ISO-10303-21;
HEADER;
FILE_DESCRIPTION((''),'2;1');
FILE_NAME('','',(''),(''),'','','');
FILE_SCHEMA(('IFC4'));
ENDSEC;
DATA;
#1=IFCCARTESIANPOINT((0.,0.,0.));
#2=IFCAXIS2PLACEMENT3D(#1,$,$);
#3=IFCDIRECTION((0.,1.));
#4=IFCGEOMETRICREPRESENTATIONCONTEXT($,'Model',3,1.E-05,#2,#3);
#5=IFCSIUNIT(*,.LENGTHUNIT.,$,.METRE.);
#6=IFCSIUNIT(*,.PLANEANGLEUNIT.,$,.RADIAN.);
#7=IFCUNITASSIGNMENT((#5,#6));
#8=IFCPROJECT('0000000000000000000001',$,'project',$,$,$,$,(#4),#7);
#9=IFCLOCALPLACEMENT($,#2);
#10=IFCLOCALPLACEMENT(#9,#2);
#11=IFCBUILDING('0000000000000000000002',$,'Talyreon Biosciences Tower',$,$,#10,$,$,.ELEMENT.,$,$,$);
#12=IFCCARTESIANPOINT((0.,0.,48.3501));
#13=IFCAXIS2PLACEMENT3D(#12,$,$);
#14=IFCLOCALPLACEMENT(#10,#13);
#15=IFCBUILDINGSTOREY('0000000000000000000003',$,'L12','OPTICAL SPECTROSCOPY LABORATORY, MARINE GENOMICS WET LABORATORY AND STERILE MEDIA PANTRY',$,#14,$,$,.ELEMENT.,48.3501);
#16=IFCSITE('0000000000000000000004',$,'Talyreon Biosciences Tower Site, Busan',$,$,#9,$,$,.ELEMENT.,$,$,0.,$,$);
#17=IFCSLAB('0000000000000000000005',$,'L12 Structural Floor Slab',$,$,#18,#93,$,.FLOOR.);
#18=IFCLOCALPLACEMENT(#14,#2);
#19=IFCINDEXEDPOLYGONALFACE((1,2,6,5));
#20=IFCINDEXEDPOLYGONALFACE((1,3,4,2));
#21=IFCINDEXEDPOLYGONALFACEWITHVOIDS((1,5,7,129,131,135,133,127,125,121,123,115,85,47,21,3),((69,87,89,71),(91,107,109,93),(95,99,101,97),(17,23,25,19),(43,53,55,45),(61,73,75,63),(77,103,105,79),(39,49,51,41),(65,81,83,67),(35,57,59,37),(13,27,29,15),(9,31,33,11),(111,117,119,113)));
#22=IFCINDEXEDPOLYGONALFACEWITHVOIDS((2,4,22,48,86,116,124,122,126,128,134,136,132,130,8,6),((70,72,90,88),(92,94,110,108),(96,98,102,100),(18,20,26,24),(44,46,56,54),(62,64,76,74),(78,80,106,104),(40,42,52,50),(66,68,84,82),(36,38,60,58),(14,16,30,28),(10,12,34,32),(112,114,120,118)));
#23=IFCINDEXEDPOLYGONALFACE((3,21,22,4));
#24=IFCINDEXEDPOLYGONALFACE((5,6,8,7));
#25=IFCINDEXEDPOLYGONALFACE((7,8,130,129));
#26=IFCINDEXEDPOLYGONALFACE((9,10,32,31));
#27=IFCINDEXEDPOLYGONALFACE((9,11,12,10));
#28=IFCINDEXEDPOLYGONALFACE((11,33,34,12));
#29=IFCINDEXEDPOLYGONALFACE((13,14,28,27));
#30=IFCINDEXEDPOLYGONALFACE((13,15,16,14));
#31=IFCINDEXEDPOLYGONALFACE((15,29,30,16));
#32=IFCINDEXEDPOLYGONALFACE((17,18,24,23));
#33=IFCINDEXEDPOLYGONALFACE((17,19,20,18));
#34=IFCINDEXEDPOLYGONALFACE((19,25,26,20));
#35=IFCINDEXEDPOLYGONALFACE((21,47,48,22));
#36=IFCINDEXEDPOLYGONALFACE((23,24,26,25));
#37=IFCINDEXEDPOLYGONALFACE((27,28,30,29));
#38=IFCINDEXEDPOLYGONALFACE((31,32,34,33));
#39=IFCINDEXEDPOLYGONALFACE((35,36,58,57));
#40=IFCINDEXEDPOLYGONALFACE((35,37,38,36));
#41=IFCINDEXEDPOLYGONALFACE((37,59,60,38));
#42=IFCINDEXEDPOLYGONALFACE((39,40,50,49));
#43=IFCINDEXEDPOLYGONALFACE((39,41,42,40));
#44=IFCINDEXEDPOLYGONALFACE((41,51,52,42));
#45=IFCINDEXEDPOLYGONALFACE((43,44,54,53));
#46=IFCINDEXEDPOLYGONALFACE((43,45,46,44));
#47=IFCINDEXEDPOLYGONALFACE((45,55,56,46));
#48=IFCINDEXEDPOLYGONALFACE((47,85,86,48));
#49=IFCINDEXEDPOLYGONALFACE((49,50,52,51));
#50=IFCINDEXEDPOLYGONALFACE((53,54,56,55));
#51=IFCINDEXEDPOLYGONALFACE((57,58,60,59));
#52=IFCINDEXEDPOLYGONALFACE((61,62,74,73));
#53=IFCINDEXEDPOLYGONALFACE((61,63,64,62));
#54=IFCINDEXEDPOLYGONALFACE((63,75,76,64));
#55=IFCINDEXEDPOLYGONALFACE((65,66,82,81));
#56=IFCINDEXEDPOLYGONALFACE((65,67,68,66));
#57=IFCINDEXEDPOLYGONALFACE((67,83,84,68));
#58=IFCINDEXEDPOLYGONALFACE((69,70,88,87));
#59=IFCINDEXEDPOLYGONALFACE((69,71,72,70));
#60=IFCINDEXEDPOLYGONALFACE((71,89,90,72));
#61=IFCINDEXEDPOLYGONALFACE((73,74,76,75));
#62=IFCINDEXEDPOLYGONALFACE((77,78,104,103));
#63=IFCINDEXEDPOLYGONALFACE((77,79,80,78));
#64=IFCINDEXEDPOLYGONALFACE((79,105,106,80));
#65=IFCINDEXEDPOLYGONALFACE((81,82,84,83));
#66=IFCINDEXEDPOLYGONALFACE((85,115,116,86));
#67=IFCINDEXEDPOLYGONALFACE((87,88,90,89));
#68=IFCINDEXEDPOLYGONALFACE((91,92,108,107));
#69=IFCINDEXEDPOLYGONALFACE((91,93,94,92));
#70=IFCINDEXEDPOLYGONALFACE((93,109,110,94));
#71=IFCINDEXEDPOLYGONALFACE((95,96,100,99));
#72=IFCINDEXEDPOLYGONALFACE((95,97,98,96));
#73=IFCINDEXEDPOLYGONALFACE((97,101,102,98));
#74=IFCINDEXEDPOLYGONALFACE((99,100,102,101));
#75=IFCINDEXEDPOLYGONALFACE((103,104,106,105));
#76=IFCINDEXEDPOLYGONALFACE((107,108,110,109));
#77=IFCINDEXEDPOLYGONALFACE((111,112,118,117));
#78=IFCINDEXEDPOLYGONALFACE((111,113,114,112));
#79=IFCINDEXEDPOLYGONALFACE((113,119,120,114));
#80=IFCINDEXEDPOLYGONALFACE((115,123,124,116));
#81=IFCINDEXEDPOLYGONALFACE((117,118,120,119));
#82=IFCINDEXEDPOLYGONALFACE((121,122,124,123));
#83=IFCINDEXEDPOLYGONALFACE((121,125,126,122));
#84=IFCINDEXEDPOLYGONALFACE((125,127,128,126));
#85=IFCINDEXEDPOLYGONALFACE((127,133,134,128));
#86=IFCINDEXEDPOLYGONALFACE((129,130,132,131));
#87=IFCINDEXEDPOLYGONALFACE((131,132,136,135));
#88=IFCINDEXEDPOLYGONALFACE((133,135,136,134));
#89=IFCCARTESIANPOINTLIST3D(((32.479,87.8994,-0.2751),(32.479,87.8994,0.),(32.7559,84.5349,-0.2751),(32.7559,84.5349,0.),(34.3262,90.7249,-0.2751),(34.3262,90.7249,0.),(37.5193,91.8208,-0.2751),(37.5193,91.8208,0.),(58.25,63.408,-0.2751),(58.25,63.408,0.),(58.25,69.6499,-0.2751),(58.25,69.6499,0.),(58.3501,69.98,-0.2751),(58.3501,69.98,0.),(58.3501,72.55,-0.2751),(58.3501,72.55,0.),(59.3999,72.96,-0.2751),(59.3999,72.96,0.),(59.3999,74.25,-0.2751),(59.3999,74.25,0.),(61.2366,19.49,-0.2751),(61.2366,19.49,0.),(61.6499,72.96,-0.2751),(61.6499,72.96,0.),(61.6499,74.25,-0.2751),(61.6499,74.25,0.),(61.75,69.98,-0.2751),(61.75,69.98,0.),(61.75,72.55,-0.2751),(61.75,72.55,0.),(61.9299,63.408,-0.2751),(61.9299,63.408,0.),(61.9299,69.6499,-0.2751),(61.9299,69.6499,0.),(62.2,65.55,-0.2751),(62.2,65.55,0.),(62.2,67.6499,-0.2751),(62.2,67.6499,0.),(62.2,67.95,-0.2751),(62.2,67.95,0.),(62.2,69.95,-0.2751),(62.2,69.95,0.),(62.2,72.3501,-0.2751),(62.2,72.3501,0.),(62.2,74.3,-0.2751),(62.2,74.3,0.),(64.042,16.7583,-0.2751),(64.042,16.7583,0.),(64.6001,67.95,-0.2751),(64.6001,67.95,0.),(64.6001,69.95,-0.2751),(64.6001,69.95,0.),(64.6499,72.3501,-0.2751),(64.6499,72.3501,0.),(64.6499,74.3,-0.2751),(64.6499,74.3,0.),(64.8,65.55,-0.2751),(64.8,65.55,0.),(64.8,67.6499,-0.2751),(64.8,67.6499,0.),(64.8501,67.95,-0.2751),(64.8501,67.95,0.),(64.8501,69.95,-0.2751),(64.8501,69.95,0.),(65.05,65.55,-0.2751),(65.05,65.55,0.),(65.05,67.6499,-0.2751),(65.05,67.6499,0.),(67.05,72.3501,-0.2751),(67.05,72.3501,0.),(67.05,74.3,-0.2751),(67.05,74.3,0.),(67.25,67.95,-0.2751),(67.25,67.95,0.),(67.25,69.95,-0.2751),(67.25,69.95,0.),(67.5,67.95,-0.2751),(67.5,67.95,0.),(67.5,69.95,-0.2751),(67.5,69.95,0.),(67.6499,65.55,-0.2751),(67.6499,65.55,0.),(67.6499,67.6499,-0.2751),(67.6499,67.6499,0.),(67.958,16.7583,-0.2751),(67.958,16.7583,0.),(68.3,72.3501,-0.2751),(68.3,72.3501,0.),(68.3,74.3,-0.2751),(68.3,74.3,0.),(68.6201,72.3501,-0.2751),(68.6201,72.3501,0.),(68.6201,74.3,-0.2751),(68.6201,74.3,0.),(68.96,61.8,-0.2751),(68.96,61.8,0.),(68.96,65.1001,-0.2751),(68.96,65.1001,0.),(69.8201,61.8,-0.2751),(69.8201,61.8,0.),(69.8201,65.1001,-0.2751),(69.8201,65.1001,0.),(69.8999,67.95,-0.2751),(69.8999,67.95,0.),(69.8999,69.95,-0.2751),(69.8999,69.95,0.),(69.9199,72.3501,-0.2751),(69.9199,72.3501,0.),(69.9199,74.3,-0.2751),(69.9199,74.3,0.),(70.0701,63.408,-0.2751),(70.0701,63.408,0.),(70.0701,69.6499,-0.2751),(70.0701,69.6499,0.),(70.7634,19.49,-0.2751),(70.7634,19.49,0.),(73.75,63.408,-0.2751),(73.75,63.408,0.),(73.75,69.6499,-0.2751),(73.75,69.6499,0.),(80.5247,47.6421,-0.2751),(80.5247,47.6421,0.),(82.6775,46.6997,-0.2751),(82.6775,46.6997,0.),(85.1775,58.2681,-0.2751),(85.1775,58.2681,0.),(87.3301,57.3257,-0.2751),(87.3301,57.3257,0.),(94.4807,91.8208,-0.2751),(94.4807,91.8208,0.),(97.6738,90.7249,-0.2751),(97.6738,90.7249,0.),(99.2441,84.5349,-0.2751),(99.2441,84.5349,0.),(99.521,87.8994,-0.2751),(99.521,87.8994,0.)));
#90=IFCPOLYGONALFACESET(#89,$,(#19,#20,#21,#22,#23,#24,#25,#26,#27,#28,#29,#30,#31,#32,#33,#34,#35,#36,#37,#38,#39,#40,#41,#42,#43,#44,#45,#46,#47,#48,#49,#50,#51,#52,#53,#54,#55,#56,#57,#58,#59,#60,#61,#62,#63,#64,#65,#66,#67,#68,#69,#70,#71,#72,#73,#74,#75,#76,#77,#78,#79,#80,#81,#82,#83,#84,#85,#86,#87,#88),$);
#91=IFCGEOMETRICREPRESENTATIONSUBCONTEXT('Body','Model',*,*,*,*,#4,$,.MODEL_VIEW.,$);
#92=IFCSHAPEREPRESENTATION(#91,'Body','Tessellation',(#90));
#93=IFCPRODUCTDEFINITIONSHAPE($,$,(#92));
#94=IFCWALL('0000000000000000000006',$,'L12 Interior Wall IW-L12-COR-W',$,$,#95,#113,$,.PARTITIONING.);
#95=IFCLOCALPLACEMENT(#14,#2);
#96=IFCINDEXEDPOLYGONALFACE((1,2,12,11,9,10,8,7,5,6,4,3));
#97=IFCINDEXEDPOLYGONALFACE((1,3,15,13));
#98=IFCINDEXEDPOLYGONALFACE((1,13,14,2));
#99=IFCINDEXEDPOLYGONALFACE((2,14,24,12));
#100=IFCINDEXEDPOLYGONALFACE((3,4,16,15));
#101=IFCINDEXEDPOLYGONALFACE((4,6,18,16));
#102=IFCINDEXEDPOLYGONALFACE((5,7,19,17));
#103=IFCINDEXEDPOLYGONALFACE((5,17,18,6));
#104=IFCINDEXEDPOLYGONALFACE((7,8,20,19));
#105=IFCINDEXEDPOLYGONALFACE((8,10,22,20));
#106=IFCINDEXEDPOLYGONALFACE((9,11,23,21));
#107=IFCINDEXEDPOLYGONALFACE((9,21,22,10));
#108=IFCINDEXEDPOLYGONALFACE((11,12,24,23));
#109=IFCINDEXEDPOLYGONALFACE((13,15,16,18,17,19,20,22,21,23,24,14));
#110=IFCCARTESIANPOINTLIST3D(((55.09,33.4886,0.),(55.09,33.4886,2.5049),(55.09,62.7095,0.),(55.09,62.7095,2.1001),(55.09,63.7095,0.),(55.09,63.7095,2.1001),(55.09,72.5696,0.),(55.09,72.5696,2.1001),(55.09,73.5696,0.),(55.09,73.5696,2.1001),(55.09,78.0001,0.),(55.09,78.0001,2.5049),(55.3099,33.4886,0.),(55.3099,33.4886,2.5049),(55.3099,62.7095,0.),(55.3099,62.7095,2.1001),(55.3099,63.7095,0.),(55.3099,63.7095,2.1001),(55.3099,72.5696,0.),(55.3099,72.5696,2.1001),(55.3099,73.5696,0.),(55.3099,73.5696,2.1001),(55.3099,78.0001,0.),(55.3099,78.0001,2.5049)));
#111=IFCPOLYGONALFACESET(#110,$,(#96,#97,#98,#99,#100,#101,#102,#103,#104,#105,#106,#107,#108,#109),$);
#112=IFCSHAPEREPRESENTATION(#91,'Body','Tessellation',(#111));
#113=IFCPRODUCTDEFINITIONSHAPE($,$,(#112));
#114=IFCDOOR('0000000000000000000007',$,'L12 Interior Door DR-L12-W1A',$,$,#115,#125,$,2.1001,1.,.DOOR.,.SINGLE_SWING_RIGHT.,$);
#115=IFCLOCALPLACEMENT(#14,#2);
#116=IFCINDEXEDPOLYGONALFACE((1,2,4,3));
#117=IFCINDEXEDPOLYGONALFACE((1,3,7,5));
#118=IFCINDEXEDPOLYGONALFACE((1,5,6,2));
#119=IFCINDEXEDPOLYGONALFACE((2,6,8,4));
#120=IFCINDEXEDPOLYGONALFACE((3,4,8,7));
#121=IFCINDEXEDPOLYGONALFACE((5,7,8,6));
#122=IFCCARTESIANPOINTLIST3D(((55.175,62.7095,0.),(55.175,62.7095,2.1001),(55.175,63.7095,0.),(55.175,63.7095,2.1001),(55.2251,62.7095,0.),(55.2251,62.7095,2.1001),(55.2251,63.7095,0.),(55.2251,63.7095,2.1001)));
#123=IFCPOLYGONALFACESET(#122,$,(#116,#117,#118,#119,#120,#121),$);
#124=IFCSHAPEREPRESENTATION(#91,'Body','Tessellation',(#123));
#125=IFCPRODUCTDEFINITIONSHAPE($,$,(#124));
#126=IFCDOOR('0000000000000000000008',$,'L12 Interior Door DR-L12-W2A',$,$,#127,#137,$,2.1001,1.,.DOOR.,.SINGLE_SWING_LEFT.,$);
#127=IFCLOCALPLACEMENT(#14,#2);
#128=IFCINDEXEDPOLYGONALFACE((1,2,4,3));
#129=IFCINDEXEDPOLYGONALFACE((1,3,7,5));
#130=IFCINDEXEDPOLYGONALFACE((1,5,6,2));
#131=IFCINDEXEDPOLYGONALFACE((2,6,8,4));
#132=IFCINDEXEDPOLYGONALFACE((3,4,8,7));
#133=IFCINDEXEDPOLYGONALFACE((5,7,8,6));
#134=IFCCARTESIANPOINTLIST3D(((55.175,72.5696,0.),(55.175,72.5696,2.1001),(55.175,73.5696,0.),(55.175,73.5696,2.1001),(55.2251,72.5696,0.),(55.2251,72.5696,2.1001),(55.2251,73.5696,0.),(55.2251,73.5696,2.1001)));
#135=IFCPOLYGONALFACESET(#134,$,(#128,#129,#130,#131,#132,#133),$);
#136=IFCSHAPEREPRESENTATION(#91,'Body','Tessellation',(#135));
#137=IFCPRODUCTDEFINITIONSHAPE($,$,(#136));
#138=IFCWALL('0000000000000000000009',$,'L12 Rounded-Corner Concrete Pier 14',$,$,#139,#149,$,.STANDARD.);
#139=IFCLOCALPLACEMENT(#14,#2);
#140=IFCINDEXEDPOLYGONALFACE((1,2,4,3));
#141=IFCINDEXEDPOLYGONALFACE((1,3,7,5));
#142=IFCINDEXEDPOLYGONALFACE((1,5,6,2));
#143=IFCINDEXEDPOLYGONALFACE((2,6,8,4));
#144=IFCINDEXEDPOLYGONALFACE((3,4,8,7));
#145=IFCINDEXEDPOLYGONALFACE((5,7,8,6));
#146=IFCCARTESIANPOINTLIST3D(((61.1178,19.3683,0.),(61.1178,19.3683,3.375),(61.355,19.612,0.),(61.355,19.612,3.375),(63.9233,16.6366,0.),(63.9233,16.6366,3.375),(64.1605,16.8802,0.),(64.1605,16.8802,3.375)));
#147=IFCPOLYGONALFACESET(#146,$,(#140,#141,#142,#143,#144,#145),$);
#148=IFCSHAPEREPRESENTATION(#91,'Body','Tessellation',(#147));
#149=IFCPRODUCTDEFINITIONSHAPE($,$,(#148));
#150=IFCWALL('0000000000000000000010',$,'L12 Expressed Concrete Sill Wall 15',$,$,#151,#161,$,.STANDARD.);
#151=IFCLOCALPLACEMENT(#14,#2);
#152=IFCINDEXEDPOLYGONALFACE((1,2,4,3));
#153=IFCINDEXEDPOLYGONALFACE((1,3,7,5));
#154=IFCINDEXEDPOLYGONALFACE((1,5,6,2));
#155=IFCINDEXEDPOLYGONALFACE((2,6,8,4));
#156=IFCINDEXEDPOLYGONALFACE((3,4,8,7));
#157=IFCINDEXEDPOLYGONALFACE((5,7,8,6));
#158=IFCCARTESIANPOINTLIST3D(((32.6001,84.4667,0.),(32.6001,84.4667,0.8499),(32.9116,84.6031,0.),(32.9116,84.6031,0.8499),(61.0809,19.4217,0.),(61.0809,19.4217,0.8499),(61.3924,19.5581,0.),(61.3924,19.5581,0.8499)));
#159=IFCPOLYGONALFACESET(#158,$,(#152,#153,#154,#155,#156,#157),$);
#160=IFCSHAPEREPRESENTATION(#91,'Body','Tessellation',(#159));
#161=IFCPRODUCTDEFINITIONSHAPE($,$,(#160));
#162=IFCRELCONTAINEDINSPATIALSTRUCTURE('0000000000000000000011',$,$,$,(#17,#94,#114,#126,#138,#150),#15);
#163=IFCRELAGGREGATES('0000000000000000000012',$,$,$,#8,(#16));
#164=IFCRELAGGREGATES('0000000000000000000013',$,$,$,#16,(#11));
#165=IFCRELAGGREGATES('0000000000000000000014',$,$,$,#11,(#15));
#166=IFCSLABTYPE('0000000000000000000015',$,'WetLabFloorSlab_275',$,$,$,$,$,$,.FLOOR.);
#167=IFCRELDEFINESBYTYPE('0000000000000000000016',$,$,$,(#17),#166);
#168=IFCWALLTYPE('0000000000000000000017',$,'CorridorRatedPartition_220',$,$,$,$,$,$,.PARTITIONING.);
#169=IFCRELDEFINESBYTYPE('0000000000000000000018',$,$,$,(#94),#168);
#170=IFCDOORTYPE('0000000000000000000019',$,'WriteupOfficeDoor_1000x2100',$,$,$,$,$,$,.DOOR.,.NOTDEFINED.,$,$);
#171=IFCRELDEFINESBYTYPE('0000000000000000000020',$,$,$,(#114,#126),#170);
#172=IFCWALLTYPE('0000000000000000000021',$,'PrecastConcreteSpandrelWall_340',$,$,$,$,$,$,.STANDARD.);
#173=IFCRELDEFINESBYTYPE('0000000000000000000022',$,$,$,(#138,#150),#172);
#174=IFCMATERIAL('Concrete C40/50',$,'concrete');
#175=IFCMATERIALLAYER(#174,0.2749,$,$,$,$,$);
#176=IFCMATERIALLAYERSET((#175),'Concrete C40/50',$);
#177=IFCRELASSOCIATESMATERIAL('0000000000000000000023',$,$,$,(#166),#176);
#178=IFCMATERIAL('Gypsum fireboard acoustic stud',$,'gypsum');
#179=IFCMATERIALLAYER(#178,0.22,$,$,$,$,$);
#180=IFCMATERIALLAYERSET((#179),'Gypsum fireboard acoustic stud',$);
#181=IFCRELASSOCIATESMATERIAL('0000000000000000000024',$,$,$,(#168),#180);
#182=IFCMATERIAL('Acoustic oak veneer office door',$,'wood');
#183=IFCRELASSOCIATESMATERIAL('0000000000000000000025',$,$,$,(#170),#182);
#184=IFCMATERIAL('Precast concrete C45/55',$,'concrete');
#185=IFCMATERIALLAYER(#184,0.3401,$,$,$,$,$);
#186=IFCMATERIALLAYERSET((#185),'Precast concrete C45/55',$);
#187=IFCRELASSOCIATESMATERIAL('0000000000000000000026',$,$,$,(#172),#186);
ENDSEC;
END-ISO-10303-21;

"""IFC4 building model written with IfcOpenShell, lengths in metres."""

from ifc_helpers import new_model, si_unit, direction, frame, frame_2d, origin, place, context, subcontext, project, spatial, polyline, rectangle, outline, extrude, material, layer, layer_set, type_object, element, fill, save


model = new_model("IFC4")

# Units and contexts
model_context = context("Model", 3, precision=1e-05, world=origin(), true_north=direction((0.0, 1.0)))
body_context = subcontext(model_context, "Body", "Model", "MODEL_VIEW")
ifc_project = project(units=[si_unit("LENGTHUNIT", "METRE"), si_unit("PLANEANGLEUNIT", "RADIAN")], contexts=[model_context])

# Site, building, storey
site_placement = place(None, origin())
site = spatial("IfcSite", under=ifc_project, at=site_placement, Name="Talyreon Biosciences Tower Site, Busan", CompositionType="ELEMENT", RefElevation=0.0)
building_placement = place(site_placement, origin())
building = spatial("IfcBuilding", under=site, at=building_placement, Name="Talyreon Biosciences Tower", CompositionType="ELEMENT")
storey_placement = place(building_placement, frame((0.0, 0.0, 48.3501)))
storey = spatial("IfcBuildingStorey", under=building, at=storey_placement, Name="L12", Description="OPTICAL SPECTROSCOPY LABORATORY, MARINE GENOMICS WET LABORATORY AND STERILE MEDIA PANTRY", CompositionType="ELEMENT", Elevation=48.3501)

# Shared definitions
ifc_material_1 = material(Name="Precast concrete C45/55", Category="concrete")

# Shared definitions
ifc_material_2 = material(Name="Concrete C40/50", Category="concrete")

# Slab
ifc_layer_1 = layer(ifc_material_2, 0.2749)
ifc_layer_set_1 = layer_set([ifc_layer_1], Name="Concrete C40/50")
slab_type_1 = type_object("IfcSlabType", Name="WetLabFloorSlab_275", PredefinedType="FLOOR", material=ifc_layer_set_1)
slab_1_placement = place(storey_placement, frame((0.0, 0.0, -0.2751)))
element("IfcSlab", 1, at=slab_1_placement, inside=storey, type_object=slab_type_1, Name="L12 Structural Floor Slab", PredefinedType="FLOOR", context=body_context, shape_type="SweptSolid", body=[
    extrude(outline(polyline([(32.7559, 84.5349), (32.479, 87.8994), (34.3262, 90.7249), (37.5193, 91.8208), (94.4807, 91.8208), (97.6738, 90.7249), (99.521, 87.8994), (99.2441, 84.5349), (87.3301, 57.3257), (85.1775, 58.2681), (80.5247, 47.6421), (82.6775, 46.6997), (70.7634, 19.49), (67.958, 16.7583), (64.042, 16.7583), (61.2366, 19.49), (32.7559, 84.5349)]), holes=[polyline([(61.9299, 69.6499), (61.9299, 63.408), (58.25, 63.408), (58.25, 69.6499), (61.9299, 69.6499)]), polyline([(64.8, 65.55), (62.2, 65.55), (62.2, 67.6499), (64.8, 67.6499), (64.8, 65.55)]), polyline([(64.6001, 67.95), (62.2, 67.95), (62.2, 69.95), (64.6001, 69.95), (64.6001, 67.95)]), polyline([(67.25, 69.95), (67.25, 67.95), (64.8501, 67.95), (64.8501, 69.95), (67.25, 69.95)]), polyline([(61.75, 69.98), (58.3501, 69.98), (58.3501, 72.55), (61.75, 72.55), (61.75, 69.98)]), polyline([(64.6499, 72.3501), (62.2, 72.3501), (62.2, 74.3), (64.6499, 74.3), (64.6499, 72.3501)]), polyline([(61.6499, 74.25), (61.6499, 72.96), (59.3999, 72.96), (59.3999, 74.25), (61.6499, 74.25)]), polyline([(69.8201, 61.8), (68.96, 61.8), (68.96, 65.1001), (69.8201, 65.1001), (69.8201, 61.8)]), polyline([(73.75, 63.408), (70.0701, 63.408), (70.0701, 69.6499), (73.75, 69.6499), (73.75, 63.408)]), polyline([(67.6499, 65.55), (65.05, 65.55), (65.05, 67.6499), (67.6499, 67.6499), (67.6499, 65.55)]), polyline([(69.8999, 67.95), (67.5, 67.95), (67.5, 69.95), (69.8999, 69.95), (69.8999, 67.95)]), polyline([(68.3, 72.3501), (67.05, 72.3501), (67.05, 74.3), (68.3, 74.3), (68.3, 72.3501)]), polyline([(69.9199, 72.3501), (68.6201, 72.3501), (68.6201, 74.3), (69.9199, 74.3), (69.9199, 72.3501)])]), origin(), (0.0, 0.0, 1.0), 0.2751),
])

# Wall, openings, doors
ifc_material_3 = material(Name="Gypsum fireboard acoustic stud", Category="gypsum")
ifc_layer_2 = layer(ifc_material_3, 0.22)
ifc_layer_set_2 = layer_set([ifc_layer_2], Name="Gypsum fireboard acoustic stud")
wall_type_1 = type_object("IfcWallType", Name="CorridorRatedPartition_220", PredefinedType="PARTITIONING", material=ifc_layer_set_2)
wall_1_placement = place(storey_placement, frame((55.2, 33.4885, 0.0), z_axis=(0.0, 0.0, 1.0), x_axis=(0.0, 1.0, 0.0)))
wall_1 = element("IfcWall", 2, at=wall_1_placement, inside=storey, type_object=wall_type_1, Name="L12 Interior Wall IW-L12-COR-W", PredefinedType="PARTITIONING", context=body_context, shape_type="SweptSolid", body=[
    extrude(rectangle(XDim=44.5115, YDim=0.22, at=frame_2d((22.2559, 0.0))), origin(), (0.0, 0.0, 1.0), 2.5049),
])
opening_1_placement = place(wall_1_placement, frame((29.2209, 0.0, 0.0)))
opening_1 = element("IfcOpeningElement", 3, at=opening_1_placement, cuts=wall_1, PredefinedType="OPENING", context=body_context, shape_type="SweptSolid", body=[
    extrude(rectangle(XDim=1.0, YDim=2.1001, at=frame_2d((0.5, 1.05))), frame((0.0, 0.1199, 0.0), z_axis=(0.0, -1.0, 0.0), x_axis=(1.0, 0.0, 0.0)), (0.0, 0.0, 1.0), 0.24),
])
opening_2_placement = place(wall_1_placement, frame((39.0811, 0.0, 0.0)))
opening_2 = element("IfcOpeningElement", 4, at=opening_2_placement, cuts=wall_1, PredefinedType="OPENING", context=body_context, shape_type="SweptSolid", body=[
    extrude(rectangle(XDim=1.0, YDim=2.1001, at=frame_2d((0.5, 1.05))), frame((0.0, 0.1199, 0.0), z_axis=(0.0, -1.0, 0.0), x_axis=(1.0, 0.0, 0.0)), (0.0, 0.0, 1.0), 0.24),
])
ifc_material_4 = material(Name="Acoustic oak veneer office door", Category="wood")
door_type = type_object("IfcDoorType", Name="WriteupOfficeDoor_1000x2100", OperationType="NOTDEFINED", PredefinedType="DOOR", material=ifc_material_4)
door_1_placement = place(opening_1_placement, origin())
door_1 = element("IfcDoor", 5, at=door_1_placement, inside=storey, type_object=door_type, Name="L12 Interior Door DR-L12-W1A", OperationType="SINGLE_SWING_RIGHT", OverallHeight=2.1001, OverallWidth=1.0, PredefinedType="DOOR", context=body_context, shape_type="SweptSolid", body=[
    extrude(rectangle(XDim=1.0, YDim=2.1001, at=frame_2d((0.5, 1.05))), frame((0.0, 0.0249, 0.0), z_axis=(0.0, -1.0, 0.0), x_axis=(1.0, 0.0, 0.0)), (0.0, 0.0, 1.0), 0.05),
])
fill(opening_1, door_1)
door_2_placement = place(opening_2_placement, origin())
door_2 = element("IfcDoor", 6, at=door_2_placement, inside=storey, type_object=door_type, Name="L12 Interior Door DR-L12-W2A", OperationType="SINGLE_SWING_LEFT", OverallHeight=2.1001, OverallWidth=1.0, PredefinedType="DOOR", context=body_context, shape_type="SweptSolid", body=[
    extrude(rectangle(XDim=1.0, YDim=2.1001, at=frame_2d((0.5, 1.05))), frame((0.0, 0.0249, 0.0), z_axis=(0.0, -1.0, 0.0), x_axis=(1.0, 0.0, 0.0)), (0.0, 0.0, 1.0), 0.05),
])
fill(opening_2, door_2)

# Walls
ifc_layer_3 = layer(ifc_material_1, 0.3401)
ifc_layer_set_3 = layer_set([ifc_layer_3], Name="Precast concrete C45/55")
wall_type_2 = type_object("IfcWallType", Name="PrecastConcreteSpandrelWall_340", PredefinedType="STANDARD", material=ifc_layer_set_3)
wall_2_placement = place(storey_placement, frame((64.042, 16.7583, 0.0), z_axis=(0.0, 0.0, 1.0), x_axis=(-0.716459, 0.697629, 0.0)))
element("IfcWall", 7, at=wall_2_placement, inside=storey, type_object=wall_type_2, Name="L12 Rounded-Corner Concrete Pier 14", PredefinedType="STANDARD", context=body_context, shape_type="SweptSolid", body=[
    extrude(rectangle(XDim=3.9158, YDim=0.3401, at=frame_2d((1.958, 0.0))), origin(), (0.0, 0.0, 1.0), 3.375),
])
wall_3_placement = place(storey_placement, frame((61.2366, 19.49, 0.0), z_axis=(0.0, 0.0, 1.0), x_axis=(-0.401097, 0.916035, 0.0)))
element("IfcWall", 8, at=wall_3_placement, inside=storey, type_object=wall_type_2, Name="L12 Expressed Concrete Sill Wall 15", PredefinedType="STANDARD", context=body_context, shape_type="SweptSolid", body=[
    extrude(rectangle(XDim=71.0071, YDim=0.3401, at=frame_2d((35.5034, 0.0))), origin(), (0.0, 0.0, 1.0), 0.8499),
])

save(model, "model.ifc")
